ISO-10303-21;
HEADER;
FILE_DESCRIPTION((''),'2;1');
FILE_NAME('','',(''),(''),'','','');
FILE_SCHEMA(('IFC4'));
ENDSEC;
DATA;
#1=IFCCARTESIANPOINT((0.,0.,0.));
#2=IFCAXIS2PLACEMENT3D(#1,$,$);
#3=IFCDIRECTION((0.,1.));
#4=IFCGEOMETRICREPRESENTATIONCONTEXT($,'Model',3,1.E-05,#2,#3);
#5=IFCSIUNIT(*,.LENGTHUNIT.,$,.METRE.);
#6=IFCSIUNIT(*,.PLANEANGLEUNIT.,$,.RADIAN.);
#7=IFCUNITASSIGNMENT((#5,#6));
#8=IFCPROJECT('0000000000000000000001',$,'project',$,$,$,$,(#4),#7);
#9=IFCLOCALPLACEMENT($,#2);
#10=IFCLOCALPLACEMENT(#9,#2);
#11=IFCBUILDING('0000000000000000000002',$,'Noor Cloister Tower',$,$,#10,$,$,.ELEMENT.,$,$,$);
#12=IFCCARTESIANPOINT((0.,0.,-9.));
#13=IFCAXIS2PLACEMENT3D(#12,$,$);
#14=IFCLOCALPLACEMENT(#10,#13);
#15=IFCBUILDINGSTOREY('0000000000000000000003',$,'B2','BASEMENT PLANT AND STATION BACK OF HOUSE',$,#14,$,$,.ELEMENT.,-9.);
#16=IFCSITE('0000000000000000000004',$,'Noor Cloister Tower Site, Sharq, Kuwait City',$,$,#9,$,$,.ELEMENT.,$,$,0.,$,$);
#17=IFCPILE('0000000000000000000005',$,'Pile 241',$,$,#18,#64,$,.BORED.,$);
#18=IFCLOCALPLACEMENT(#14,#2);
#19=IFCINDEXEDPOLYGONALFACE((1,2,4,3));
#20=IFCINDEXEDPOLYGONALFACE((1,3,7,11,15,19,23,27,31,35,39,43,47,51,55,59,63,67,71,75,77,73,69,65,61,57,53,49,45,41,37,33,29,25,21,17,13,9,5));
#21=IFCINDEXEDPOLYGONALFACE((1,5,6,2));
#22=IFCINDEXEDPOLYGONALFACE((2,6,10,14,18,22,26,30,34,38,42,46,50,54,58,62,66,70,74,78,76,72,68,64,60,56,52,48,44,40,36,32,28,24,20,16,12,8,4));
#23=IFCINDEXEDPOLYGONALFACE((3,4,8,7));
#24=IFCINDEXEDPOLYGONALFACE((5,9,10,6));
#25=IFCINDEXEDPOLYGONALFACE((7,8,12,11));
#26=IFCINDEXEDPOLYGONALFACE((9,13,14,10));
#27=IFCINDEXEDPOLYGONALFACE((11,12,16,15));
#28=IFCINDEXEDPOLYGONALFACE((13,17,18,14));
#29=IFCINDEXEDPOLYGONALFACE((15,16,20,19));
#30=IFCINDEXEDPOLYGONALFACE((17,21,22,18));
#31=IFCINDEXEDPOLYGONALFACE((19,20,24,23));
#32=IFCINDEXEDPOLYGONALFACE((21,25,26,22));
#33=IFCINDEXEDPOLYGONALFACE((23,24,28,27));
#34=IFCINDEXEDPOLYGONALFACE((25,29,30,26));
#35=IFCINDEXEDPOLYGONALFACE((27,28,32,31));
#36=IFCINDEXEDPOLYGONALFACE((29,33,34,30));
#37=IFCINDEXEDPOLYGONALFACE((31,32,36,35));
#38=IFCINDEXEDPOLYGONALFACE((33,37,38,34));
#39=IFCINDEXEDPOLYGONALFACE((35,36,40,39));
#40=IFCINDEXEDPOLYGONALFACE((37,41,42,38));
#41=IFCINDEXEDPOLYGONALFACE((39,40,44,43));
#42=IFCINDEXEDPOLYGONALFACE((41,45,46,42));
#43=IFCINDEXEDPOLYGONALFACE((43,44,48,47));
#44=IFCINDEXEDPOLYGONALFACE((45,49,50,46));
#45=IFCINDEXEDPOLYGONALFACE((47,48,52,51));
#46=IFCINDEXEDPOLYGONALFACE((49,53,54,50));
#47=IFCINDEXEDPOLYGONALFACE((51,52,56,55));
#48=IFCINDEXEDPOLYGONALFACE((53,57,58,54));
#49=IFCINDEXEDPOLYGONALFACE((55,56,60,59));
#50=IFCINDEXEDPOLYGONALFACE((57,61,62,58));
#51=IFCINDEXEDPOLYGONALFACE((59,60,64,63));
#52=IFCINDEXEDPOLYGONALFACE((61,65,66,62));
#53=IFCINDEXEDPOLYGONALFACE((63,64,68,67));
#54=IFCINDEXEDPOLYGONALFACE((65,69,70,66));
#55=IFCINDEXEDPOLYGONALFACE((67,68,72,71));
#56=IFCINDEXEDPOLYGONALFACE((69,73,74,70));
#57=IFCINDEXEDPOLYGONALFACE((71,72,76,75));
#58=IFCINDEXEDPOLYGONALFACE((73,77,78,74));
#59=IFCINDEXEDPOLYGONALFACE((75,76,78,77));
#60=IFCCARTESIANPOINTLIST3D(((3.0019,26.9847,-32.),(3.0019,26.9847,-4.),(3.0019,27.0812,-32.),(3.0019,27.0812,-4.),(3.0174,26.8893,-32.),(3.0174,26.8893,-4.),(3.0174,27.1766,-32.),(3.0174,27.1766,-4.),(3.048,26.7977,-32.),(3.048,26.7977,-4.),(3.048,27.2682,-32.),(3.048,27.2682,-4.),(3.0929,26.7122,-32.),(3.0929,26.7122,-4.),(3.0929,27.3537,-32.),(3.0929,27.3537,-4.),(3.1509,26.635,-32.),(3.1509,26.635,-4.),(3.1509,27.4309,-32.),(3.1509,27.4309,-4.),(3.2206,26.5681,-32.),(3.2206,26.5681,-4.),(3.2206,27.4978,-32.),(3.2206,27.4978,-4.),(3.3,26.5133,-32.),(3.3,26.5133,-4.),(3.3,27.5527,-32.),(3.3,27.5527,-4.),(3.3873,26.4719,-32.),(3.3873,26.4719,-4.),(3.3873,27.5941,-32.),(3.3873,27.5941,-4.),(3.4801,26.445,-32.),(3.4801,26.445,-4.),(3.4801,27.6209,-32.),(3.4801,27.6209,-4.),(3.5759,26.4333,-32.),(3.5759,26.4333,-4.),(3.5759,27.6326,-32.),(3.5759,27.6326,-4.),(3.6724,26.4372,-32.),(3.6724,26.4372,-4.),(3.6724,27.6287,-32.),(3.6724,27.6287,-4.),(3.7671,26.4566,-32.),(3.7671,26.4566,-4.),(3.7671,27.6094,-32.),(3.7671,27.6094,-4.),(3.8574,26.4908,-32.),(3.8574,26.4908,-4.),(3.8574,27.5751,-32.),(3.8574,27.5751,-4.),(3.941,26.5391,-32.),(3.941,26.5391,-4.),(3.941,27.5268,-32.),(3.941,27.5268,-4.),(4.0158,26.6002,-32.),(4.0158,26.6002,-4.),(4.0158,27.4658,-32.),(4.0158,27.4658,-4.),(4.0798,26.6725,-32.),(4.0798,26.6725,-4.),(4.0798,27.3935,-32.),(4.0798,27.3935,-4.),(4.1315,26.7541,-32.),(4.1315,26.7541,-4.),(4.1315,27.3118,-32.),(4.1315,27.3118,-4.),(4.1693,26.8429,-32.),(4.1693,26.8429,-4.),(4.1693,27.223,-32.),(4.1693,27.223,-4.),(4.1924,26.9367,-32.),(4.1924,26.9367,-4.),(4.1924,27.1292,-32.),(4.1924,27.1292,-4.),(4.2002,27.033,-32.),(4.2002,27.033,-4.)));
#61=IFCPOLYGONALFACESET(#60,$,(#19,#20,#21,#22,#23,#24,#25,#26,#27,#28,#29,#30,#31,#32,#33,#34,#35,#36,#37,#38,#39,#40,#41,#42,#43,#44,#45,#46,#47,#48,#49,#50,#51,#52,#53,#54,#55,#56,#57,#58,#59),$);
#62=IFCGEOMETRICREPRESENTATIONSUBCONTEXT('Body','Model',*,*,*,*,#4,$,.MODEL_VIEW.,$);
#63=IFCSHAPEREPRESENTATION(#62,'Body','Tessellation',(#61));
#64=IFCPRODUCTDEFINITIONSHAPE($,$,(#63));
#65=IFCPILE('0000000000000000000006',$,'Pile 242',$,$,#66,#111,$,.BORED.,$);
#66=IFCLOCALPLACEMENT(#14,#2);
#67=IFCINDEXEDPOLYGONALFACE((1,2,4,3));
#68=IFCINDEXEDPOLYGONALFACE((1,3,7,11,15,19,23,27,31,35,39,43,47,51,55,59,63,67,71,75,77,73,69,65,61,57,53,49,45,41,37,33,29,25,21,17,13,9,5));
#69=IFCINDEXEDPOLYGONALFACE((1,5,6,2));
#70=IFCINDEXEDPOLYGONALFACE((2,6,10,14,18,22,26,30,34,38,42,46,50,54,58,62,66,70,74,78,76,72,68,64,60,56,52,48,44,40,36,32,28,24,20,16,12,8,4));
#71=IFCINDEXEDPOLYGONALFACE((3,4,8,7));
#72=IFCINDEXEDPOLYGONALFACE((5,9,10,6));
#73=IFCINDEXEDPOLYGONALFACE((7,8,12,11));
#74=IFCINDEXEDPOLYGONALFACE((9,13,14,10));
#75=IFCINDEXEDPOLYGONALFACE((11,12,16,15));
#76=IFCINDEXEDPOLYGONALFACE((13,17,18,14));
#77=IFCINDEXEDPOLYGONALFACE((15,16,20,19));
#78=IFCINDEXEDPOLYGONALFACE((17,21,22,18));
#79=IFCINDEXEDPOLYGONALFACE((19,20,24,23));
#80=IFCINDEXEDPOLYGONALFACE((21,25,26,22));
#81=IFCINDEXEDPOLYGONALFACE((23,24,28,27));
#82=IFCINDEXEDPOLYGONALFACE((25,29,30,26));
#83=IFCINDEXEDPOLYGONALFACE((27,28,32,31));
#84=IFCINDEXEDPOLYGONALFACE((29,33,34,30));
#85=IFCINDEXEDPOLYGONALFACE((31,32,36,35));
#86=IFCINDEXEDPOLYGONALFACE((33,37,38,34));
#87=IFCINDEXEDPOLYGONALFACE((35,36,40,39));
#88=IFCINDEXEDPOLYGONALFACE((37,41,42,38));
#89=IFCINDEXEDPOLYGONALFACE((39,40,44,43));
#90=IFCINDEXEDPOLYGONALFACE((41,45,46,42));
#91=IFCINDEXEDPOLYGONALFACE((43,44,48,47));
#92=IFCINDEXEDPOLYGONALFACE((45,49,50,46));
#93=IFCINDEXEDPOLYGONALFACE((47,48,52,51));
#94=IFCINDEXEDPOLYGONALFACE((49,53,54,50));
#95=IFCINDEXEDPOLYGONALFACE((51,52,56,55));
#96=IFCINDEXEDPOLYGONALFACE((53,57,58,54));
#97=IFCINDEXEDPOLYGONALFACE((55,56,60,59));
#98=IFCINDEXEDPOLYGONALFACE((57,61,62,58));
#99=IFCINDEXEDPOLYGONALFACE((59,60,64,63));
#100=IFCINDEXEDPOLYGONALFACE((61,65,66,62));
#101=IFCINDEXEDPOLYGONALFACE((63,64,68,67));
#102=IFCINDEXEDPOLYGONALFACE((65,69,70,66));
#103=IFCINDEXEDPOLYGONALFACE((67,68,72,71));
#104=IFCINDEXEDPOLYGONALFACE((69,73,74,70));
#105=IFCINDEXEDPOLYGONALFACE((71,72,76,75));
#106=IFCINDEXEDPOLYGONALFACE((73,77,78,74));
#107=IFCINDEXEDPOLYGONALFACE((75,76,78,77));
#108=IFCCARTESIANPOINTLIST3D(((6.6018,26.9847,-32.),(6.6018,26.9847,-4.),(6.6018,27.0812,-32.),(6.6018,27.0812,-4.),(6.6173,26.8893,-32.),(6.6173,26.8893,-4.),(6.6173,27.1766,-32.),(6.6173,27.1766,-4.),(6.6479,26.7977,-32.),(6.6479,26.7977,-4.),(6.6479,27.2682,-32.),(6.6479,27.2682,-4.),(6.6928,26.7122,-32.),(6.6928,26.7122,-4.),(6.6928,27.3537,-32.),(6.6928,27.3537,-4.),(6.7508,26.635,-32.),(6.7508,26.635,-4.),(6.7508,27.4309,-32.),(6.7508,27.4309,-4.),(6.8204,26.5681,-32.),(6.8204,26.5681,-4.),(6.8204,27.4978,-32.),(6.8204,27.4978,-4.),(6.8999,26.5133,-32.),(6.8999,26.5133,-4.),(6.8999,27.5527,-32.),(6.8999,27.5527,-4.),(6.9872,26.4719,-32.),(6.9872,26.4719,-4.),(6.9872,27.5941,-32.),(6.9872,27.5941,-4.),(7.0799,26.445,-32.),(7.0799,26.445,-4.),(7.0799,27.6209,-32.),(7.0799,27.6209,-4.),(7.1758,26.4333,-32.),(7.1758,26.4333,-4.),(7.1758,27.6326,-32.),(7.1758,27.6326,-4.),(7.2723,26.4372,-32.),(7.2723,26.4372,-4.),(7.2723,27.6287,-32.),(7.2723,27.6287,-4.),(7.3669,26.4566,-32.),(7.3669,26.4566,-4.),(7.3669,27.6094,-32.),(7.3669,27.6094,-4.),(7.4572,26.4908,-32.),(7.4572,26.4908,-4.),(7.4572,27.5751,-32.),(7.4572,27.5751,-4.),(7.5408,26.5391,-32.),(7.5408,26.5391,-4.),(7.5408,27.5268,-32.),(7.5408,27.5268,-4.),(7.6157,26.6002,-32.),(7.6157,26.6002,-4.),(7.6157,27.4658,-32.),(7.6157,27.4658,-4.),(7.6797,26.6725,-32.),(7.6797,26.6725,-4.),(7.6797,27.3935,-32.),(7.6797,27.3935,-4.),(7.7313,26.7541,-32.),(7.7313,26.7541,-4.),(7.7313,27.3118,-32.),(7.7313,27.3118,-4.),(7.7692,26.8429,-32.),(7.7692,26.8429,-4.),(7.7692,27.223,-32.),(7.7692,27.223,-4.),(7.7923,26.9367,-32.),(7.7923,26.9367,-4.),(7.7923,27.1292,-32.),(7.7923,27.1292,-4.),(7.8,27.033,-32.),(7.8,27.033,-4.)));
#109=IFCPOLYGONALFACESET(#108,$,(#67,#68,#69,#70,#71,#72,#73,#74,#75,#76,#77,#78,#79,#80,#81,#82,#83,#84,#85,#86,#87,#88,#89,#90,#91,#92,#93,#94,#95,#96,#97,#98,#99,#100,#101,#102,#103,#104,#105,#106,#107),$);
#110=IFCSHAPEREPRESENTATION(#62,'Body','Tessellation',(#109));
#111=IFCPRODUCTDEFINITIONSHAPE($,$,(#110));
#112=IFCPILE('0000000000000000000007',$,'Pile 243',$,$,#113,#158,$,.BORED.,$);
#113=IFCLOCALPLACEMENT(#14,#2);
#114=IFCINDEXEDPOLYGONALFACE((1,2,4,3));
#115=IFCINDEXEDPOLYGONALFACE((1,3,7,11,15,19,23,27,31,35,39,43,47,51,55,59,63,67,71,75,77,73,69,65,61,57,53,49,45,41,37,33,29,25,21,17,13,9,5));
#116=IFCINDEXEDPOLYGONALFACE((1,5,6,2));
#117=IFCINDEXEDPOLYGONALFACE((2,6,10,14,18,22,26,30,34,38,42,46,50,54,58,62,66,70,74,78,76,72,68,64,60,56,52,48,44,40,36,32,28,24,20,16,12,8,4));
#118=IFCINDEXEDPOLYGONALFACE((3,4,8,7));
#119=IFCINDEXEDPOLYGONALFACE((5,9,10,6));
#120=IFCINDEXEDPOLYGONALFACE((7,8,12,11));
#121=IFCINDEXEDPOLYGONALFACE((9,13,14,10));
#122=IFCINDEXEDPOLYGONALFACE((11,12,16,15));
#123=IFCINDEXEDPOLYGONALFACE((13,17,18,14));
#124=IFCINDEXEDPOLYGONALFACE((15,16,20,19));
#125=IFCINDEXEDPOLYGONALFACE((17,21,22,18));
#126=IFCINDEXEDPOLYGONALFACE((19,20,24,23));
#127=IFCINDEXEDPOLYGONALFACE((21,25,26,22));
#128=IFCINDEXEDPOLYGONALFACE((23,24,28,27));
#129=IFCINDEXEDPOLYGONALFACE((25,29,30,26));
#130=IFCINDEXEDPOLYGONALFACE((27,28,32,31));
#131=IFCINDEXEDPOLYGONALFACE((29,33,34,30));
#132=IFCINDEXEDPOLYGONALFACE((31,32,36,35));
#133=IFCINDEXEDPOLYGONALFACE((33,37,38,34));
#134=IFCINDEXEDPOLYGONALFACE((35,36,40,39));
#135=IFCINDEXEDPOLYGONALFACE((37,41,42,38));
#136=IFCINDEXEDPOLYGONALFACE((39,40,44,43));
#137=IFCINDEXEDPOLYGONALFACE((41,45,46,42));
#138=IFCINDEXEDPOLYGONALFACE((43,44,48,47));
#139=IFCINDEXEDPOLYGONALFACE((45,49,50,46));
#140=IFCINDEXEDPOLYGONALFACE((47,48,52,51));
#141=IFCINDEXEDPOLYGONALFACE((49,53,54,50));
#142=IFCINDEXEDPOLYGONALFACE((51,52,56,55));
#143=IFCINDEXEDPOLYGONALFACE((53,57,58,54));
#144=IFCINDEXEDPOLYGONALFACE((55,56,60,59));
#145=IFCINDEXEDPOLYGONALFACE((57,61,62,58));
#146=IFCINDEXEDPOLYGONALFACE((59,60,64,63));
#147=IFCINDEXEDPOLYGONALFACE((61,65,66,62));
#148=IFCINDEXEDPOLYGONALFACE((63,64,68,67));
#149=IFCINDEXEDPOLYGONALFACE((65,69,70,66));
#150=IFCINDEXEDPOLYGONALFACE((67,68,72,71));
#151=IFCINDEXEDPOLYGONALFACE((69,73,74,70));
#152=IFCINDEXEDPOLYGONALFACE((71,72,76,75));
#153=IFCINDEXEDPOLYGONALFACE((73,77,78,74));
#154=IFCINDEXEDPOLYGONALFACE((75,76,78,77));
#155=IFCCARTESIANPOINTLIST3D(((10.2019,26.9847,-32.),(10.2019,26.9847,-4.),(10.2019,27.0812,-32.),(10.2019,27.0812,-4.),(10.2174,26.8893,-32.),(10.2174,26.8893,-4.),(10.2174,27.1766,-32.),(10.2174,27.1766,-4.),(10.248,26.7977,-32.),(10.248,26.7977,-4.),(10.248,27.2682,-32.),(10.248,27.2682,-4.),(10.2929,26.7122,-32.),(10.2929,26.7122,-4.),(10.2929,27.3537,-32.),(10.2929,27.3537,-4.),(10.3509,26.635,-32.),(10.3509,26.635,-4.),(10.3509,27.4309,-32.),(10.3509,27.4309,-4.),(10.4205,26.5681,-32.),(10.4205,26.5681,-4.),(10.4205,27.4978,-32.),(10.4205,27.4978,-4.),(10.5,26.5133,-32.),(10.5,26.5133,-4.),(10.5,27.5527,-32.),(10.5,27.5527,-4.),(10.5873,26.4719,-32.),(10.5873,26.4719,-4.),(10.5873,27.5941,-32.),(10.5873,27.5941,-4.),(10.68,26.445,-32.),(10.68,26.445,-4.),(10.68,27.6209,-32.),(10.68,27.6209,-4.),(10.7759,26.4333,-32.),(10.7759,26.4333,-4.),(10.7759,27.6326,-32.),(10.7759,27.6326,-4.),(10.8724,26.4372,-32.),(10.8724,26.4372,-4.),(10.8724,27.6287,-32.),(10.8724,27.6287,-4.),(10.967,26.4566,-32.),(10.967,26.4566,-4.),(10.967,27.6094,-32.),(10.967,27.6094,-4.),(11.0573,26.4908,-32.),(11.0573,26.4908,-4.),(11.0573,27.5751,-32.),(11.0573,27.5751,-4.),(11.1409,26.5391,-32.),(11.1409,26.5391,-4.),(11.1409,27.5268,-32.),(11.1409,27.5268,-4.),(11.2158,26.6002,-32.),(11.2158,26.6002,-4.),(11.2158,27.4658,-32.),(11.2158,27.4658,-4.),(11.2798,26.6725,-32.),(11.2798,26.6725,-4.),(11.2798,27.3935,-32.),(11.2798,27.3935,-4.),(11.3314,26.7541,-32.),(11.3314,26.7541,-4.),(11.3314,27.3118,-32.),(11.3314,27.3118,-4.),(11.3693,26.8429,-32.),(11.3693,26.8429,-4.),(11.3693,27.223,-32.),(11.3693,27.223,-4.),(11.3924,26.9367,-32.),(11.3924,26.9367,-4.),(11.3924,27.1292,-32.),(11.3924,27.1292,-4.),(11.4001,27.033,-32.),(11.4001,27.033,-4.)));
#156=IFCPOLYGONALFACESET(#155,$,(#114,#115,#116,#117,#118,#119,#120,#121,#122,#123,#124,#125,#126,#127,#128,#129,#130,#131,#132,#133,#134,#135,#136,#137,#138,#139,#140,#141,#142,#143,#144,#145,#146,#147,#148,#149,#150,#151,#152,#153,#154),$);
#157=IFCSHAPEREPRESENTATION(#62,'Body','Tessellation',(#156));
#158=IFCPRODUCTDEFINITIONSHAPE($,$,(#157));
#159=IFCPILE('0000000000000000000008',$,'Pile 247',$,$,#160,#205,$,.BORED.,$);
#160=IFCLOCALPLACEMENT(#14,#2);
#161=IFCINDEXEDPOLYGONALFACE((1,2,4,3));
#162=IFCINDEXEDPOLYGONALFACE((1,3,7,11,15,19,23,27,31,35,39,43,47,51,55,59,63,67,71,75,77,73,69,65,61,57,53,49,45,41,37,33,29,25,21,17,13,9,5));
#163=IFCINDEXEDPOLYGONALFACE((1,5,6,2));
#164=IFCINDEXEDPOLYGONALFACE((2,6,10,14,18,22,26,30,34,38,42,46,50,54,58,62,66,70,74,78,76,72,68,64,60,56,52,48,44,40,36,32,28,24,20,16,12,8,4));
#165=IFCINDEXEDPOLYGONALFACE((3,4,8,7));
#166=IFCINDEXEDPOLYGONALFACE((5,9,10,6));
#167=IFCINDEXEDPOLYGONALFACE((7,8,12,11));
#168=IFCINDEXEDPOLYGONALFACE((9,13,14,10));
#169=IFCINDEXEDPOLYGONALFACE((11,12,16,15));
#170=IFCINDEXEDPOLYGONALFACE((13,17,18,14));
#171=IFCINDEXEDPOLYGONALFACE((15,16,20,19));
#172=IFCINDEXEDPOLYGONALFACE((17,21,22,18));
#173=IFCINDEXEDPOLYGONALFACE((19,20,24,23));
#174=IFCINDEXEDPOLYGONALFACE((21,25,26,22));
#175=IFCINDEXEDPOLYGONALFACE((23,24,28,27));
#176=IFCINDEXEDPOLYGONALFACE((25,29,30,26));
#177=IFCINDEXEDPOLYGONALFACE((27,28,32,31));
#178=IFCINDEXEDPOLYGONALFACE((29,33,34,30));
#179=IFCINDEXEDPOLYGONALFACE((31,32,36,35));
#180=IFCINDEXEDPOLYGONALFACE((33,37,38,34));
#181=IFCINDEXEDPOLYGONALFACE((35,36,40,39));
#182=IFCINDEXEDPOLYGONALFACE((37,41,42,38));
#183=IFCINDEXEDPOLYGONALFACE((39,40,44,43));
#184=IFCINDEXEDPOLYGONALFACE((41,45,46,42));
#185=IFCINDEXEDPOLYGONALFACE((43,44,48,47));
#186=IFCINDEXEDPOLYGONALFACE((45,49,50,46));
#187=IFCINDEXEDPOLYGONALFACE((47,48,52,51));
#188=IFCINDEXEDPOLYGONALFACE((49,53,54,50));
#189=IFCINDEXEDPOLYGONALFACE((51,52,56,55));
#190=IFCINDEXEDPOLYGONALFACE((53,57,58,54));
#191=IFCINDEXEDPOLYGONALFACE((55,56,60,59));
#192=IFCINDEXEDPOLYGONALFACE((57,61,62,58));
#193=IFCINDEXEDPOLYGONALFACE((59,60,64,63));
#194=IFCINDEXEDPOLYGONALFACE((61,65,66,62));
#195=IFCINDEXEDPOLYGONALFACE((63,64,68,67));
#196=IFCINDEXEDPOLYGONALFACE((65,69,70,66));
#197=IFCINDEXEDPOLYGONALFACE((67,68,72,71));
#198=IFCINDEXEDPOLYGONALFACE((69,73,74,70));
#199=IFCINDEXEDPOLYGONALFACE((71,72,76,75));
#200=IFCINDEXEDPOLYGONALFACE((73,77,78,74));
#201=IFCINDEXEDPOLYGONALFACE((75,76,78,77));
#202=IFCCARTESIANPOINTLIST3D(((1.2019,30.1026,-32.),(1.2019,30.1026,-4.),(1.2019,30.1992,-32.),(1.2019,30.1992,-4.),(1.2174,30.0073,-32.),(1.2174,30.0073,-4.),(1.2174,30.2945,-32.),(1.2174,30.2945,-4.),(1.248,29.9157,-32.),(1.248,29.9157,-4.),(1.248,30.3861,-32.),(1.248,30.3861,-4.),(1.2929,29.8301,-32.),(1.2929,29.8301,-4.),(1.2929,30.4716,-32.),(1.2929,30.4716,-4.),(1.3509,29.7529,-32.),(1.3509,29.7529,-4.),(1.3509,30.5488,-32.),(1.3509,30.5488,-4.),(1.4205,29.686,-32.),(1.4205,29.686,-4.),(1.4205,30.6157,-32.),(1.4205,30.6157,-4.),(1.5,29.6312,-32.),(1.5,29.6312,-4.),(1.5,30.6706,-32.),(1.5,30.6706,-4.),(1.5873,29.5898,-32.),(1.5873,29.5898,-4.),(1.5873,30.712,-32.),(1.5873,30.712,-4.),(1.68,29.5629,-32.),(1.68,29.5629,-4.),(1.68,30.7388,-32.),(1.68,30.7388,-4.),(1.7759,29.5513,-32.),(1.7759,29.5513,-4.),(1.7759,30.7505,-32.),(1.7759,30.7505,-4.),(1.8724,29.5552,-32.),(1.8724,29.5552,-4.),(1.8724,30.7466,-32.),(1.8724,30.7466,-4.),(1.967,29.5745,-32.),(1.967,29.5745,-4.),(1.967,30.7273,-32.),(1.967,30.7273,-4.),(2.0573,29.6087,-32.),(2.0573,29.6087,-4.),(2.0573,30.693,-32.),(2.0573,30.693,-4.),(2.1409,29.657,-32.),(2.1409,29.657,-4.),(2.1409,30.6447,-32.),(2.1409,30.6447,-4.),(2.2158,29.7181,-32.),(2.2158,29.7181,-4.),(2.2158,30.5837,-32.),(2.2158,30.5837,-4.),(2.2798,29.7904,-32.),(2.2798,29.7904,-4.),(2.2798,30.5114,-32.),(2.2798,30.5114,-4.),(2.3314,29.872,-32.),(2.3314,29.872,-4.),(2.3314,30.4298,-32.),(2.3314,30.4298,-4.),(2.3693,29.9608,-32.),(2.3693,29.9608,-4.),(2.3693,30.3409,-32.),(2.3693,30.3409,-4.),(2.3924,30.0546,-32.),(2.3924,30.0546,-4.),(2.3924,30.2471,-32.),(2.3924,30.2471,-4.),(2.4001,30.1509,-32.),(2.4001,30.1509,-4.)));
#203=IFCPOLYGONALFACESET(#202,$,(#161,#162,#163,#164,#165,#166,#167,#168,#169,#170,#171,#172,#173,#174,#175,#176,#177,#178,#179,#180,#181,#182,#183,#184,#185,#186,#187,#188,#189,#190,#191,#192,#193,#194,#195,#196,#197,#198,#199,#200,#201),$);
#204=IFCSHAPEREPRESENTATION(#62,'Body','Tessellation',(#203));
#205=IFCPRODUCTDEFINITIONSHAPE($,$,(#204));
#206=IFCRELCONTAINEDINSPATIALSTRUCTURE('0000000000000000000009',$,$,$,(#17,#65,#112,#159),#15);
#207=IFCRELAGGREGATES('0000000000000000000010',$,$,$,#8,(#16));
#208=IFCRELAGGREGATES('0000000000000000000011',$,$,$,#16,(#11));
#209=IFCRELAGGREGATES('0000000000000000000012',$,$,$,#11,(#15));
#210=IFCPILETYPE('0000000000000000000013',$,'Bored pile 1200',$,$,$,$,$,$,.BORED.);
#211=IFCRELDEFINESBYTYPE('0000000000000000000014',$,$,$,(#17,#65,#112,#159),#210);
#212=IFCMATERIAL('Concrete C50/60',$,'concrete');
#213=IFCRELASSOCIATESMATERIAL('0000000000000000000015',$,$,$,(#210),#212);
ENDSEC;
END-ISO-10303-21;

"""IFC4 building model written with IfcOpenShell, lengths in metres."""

from ifc_helpers import new_model, si_unit, direction, frame, origin, origin_2d, place, context, subcontext, project, spatial, circle, extrude, material, material_profile, profile_set, type_object, element, save


model = new_model("IFC4")

# Units and contexts
model_context = context("Model", 3, precision=1e-05, world=origin(), true_north=direction((0.0, 1.0)))
body_context = subcontext(model_context, "Body", "Model", "MODEL_VIEW")
ifc_project = project(units=[si_unit("LENGTHUNIT", "METRE"), si_unit("PLANEANGLEUNIT", "RADIAN")], contexts=[model_context])

# Site, building, storey
site_placement = place(None, origin())
site = spatial("IfcSite", under=ifc_project, at=site_placement, Name="Noor Cloister Tower Site, Sharq, Kuwait City", CompositionType="ELEMENT", RefElevation=0.0)
building_placement = place(site_placement, origin())
building = spatial("IfcBuilding", under=site, at=building_placement, Name="Noor Cloister Tower", CompositionType="ELEMENT")
storey_placement = place(building_placement, frame((0.0, 0.0, -9.0)))
storey = spatial("IfcBuildingStorey", under=building, at=storey_placement, Name="B2", Description="BASEMENT PLANT AND STATION BACK OF HOUSE", CompositionType="ELEMENT", Elevation=-9.0)

# Piles
ifc_material_1 = material(Name="Concrete C50/60", Category="concrete")
ifc_material_profile_1 = material_profile(ifc_material_1, circle(Radius=0.6001, at=origin_2d()), Name="Bored pile 1200")
ifc_profile_set_1 = profile_set([ifc_material_profile_1], Name="Concrete C50/60")
pile_type = type_object("IfcPileType", Name="Bored pile 1200", PredefinedType="BORED", material=ifc_profile_set_1)
for number, where, z_axis, x_axis, name in (
    (1, (3.6001, 27.033, -4.0), (0.0, 0.0, -1.0), (1.0, 0.0, 0.0), "Pile 241"),
    (2, (7.2, 27.033, -4.0), (0.0, 0.0, -1.0), (1.0, 0.0, 0.0), "Pile 242"),
    (3, (10.8, 27.033, -4.0), (0.0, 0.0, -1.0), (1.0, 0.0, 0.0), "Pile 243"),
    (4, (1.8, 30.1509, -4.0), (0.0, 0.0, -1.0), (1.0, 0.0, 0.0), "Pile 247"),
):
    element("IfcPile", number, at=place(storey_placement, frame(where, z_axis=z_axis, x_axis=x_axis)), inside=storey, type_object=pile_type, Name=name, PredefinedType="BORED", context=body_context, shape_type="SweptSolid", body=[
        extrude(circle(Radius=0.6001, at=origin_2d()), origin(), (0.0, 0.0, 1.0), 28.0),
    ])

save(model, "model.ifc")
